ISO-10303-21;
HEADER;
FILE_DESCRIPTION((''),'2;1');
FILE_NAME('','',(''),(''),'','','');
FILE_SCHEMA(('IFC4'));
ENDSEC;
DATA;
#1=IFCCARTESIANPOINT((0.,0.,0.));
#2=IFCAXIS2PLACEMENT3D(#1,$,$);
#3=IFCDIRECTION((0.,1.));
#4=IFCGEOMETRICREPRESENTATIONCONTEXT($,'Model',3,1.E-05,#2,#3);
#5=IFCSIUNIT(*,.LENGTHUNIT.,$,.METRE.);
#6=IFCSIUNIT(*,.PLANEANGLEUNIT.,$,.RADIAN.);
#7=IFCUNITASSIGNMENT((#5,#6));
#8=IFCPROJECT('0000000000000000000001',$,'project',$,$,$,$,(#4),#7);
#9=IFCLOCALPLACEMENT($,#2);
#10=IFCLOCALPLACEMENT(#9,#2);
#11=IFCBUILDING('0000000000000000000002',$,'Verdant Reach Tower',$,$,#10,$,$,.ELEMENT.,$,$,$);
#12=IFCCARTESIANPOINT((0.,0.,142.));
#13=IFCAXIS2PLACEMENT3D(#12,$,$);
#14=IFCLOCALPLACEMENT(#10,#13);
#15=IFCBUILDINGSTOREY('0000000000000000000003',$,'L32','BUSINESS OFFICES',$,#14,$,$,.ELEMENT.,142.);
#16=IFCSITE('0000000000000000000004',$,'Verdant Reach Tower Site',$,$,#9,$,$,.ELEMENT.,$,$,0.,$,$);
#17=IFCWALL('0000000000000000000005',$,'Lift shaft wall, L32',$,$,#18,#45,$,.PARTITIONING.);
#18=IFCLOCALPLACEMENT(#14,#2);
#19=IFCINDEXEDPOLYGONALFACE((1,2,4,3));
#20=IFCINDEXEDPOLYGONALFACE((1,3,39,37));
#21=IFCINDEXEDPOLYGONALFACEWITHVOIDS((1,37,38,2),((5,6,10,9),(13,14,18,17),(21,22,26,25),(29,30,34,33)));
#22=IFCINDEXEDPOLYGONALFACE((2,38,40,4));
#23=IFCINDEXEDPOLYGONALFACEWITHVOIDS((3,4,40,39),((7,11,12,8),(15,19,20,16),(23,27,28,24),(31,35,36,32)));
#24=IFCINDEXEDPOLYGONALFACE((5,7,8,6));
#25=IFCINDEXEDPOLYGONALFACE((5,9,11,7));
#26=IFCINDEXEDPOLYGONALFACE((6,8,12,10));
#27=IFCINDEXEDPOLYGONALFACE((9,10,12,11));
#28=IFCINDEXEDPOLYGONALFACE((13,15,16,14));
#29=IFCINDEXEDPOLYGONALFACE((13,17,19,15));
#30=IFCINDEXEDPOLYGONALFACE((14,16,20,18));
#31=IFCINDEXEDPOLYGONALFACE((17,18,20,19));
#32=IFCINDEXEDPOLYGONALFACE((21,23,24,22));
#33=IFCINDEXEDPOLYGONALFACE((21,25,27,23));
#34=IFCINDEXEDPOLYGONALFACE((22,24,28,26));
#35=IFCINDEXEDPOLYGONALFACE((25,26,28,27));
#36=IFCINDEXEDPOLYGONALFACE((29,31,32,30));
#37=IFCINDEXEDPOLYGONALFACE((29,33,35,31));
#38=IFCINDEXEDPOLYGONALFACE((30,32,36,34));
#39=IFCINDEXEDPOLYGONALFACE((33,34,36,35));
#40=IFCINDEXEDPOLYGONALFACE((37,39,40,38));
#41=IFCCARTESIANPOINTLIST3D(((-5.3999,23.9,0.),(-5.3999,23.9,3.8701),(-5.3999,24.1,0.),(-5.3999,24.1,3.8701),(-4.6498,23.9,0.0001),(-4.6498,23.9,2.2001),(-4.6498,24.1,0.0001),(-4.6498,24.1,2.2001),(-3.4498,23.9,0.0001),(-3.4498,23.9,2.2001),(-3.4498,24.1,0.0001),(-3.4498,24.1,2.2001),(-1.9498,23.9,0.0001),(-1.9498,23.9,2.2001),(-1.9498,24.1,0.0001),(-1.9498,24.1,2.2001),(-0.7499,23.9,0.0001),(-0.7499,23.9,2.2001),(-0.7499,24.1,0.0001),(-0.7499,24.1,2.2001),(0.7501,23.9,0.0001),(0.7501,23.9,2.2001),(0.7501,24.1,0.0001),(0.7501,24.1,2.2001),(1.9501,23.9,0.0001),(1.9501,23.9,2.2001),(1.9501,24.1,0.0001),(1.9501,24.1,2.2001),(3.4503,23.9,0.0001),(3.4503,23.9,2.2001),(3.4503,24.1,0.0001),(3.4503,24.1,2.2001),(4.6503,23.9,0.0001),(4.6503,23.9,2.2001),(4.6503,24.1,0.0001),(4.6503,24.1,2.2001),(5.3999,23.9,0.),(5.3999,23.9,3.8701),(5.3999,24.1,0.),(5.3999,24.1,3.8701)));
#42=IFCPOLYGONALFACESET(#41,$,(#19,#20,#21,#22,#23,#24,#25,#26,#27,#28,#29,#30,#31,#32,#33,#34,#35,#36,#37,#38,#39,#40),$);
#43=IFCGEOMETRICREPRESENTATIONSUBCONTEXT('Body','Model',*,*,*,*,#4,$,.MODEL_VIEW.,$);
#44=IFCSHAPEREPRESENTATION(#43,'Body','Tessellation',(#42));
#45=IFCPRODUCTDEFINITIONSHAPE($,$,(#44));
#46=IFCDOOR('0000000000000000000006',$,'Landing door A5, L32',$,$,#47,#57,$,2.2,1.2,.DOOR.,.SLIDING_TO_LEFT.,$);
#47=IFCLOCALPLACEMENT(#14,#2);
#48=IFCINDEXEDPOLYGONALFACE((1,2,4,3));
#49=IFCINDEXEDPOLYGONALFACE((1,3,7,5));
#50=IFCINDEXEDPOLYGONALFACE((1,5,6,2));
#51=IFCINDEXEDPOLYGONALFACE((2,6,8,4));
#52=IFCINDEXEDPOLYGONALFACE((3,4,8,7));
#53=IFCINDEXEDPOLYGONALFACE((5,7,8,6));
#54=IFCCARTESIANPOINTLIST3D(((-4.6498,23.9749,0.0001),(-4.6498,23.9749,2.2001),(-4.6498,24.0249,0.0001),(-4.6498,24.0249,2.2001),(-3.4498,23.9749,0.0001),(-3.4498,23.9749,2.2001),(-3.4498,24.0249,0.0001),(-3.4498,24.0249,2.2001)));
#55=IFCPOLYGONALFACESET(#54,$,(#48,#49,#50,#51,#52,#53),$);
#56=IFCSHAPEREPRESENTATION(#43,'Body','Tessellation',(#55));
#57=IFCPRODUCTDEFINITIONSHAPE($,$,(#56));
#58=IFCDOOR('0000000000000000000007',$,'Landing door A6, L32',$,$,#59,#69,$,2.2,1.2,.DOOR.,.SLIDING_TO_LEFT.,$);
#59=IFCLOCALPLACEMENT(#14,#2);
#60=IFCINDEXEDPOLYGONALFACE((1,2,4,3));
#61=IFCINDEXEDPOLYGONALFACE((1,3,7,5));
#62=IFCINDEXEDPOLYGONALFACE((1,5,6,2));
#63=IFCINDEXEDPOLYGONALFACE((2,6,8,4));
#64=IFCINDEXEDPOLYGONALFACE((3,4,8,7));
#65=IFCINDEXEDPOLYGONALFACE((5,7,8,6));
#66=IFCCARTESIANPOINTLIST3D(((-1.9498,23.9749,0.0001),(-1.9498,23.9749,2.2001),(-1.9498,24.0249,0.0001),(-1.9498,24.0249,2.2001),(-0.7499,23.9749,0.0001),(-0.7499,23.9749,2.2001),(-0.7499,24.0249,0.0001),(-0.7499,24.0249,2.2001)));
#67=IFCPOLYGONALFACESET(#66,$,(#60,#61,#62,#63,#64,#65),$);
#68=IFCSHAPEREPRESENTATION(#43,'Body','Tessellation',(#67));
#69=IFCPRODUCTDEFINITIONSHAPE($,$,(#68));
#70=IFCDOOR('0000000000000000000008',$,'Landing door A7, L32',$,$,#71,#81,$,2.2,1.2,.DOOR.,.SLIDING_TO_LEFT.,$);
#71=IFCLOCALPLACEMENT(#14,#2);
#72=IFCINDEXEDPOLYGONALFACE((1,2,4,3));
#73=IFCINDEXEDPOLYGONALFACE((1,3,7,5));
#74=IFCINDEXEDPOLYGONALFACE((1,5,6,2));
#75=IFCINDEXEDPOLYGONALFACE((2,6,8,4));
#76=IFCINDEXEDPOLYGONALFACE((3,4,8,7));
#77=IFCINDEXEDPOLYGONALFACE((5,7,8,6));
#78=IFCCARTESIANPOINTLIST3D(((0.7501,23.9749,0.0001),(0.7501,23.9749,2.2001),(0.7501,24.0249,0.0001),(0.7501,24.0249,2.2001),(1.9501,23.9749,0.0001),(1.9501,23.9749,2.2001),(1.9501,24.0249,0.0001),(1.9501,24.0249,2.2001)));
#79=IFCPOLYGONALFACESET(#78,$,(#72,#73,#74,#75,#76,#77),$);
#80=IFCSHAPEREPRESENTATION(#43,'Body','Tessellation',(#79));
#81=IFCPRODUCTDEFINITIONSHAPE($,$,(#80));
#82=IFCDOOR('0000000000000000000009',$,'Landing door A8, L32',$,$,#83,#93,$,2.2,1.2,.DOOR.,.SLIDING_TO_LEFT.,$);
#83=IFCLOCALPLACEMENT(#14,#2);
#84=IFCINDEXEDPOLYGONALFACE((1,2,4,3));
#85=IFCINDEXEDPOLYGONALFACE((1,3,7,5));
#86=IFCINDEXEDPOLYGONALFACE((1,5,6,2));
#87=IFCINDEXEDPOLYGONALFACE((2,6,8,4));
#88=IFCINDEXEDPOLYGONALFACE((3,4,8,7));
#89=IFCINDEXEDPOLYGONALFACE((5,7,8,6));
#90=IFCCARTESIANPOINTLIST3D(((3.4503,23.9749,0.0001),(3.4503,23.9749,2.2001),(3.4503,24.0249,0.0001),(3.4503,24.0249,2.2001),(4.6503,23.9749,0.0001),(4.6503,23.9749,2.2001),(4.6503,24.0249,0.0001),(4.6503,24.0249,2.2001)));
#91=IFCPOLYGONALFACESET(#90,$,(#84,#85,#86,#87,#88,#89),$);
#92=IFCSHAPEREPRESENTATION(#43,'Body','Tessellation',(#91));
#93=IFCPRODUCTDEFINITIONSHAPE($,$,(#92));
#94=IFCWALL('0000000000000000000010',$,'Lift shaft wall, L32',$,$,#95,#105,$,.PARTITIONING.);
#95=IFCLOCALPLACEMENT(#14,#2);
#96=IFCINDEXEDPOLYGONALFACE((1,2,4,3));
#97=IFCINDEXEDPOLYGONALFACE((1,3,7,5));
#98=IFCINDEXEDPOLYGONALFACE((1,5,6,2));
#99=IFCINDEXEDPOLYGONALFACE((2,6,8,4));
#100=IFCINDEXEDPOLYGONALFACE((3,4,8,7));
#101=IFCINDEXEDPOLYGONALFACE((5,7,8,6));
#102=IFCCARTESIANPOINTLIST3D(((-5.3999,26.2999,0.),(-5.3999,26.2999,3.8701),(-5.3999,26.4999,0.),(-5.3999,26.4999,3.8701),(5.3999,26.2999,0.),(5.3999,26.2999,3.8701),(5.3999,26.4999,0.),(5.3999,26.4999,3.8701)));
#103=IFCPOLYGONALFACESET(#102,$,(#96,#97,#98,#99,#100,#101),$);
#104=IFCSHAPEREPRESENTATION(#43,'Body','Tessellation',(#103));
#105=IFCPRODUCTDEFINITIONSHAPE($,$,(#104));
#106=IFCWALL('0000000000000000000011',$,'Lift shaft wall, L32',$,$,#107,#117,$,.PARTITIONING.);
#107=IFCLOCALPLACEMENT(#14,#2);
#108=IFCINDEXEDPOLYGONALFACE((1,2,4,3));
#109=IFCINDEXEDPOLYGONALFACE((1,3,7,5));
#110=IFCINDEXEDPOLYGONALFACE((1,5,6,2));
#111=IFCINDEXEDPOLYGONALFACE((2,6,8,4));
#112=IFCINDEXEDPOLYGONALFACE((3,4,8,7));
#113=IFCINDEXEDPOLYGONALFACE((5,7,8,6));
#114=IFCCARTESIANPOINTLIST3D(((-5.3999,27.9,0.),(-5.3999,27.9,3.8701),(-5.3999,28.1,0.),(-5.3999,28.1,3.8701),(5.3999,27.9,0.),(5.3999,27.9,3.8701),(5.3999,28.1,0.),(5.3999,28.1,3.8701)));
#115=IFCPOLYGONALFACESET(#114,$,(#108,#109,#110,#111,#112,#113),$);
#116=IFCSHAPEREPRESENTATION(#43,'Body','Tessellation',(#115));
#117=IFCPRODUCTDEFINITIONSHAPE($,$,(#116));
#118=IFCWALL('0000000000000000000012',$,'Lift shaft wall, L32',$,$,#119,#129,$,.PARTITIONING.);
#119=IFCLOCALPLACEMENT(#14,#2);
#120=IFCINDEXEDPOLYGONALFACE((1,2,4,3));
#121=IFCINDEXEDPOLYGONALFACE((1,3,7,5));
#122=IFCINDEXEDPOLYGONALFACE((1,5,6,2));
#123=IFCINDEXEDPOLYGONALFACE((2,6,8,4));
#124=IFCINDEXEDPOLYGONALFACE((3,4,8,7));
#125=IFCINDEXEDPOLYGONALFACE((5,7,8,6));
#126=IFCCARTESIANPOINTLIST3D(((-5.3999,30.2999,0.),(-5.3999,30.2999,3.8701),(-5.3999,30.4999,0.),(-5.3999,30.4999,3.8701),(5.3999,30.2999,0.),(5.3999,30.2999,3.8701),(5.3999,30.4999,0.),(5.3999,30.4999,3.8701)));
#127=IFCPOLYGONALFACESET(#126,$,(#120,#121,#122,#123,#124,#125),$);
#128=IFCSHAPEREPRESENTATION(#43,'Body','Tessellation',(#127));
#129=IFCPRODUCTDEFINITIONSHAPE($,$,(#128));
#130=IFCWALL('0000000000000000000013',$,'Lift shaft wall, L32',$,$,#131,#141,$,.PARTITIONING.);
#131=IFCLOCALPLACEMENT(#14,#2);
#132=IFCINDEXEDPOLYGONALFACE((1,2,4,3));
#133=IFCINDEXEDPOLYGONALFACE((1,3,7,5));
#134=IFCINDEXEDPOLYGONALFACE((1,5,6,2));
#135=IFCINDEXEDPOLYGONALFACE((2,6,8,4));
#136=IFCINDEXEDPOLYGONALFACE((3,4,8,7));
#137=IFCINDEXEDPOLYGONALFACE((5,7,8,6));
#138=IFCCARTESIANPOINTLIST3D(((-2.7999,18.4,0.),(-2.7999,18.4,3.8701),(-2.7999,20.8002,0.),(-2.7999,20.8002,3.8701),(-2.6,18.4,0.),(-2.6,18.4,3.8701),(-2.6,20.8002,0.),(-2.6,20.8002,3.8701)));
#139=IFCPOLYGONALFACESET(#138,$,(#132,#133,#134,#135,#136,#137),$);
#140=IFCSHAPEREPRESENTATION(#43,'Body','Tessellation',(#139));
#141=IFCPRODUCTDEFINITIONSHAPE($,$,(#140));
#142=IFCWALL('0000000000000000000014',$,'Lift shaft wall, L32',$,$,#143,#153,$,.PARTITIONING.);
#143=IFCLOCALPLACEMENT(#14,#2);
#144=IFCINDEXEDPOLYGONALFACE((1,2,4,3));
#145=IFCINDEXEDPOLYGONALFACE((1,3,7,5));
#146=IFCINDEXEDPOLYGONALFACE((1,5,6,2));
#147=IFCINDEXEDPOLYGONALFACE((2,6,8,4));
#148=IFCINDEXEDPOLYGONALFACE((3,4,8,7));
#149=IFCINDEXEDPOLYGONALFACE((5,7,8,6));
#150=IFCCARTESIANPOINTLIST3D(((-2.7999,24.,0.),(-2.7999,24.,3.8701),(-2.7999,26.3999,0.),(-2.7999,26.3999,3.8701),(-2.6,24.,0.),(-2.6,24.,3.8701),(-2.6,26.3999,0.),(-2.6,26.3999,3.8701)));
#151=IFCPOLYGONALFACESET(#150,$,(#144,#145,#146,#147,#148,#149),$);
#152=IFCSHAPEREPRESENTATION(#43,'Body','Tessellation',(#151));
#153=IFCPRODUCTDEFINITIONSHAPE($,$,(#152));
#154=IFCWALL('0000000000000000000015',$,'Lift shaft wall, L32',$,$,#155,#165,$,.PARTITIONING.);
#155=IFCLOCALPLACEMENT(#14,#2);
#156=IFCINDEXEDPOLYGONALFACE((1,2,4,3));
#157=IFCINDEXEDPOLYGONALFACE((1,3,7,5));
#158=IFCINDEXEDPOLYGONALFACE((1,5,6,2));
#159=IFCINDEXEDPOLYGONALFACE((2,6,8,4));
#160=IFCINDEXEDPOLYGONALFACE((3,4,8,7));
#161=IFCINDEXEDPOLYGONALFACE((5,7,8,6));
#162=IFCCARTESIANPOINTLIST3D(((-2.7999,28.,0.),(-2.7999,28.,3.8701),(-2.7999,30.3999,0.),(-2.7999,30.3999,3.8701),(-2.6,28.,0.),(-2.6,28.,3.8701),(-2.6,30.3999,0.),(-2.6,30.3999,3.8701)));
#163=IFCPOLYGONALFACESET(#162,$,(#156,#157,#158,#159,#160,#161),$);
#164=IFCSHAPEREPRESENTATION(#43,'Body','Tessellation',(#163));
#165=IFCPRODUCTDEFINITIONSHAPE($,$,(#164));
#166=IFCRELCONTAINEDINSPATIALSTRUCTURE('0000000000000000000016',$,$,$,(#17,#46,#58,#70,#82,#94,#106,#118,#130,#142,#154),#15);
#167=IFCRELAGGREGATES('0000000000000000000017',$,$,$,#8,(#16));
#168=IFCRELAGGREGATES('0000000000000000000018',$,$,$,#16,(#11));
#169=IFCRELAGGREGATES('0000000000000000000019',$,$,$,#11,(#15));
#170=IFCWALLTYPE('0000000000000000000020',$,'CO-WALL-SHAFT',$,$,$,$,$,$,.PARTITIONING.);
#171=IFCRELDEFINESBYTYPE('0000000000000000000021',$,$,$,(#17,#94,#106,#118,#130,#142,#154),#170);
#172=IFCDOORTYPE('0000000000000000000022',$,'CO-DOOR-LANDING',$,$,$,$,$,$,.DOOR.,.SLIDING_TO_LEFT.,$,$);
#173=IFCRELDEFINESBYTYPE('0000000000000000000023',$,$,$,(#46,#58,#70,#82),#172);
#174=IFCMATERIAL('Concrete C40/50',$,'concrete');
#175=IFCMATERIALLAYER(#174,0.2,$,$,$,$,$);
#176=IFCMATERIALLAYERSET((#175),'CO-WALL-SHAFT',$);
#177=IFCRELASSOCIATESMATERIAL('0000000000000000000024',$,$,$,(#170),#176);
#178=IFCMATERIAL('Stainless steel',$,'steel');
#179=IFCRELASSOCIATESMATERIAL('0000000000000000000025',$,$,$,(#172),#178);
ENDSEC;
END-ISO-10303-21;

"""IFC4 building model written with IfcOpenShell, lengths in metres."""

from ifc_helpers import new_model, si_unit, direction, frame, frame_2d, origin, place, context, subcontext, project, spatial, rectangle, extrude, material, layer, layer_set, type_object, element, fill, save


model = new_model("IFC4")

# Units and contexts
model_context = context("Model", 3, precision=1e-05, world=origin(), true_north=direction((0.0, 1.0)))
body_context = subcontext(model_context, "Body", "Model", "MODEL_VIEW")
ifc_project = project(units=[si_unit("LENGTHUNIT", "METRE"), si_unit("PLANEANGLEUNIT", "RADIAN")], contexts=[model_context])

# Site, building, storey
site_placement = place(None, origin())
site = spatial("IfcSite", under=ifc_project, at=site_placement, Name="Verdant Reach Tower Site", CompositionType="ELEMENT", RefElevation=0.0)
building_placement = place(site_placement, origin())
building = spatial("IfcBuilding", under=site, at=building_placement, Name="Verdant Reach Tower", CompositionType="ELEMENT")
storey_placement = place(building_placement, frame((0.0, 0.0, 142.0)))
storey = spatial("IfcBuildingStorey", under=building, at=storey_placement, Name="L32", Description="BUSINESS OFFICES", CompositionType="ELEMENT", Elevation=142.0)

# Wall, openings, doors
ifc_material_1 = material(Name="Concrete C40/50", Category="concrete")
ifc_layer_1 = layer(ifc_material_1, 0.2)
ifc_layer_set_1 = layer_set([ifc_layer_1], Name="CO-WALL-SHAFT")
wall_type_1 = type_object("IfcWallType", Name="CO-WALL-SHAFT", PredefinedType="PARTITIONING", material=ifc_layer_set_1)
ifc_material_2 = material(Name="Stainless steel", Category="steel")
door_type_1 = type_object("IfcDoorType", Name="CO-DOOR-LANDING", OperationType="SLIDING_TO_LEFT", PredefinedType="DOOR", material=ifc_material_2)
wall_1_placement = place(storey_placement, frame((-5.3999, 24.0, 0.0), z_axis=(0.0, 0.0, 1.0), x_axis=(1.0, 0.0, 0.0)))
wall_1 = element("IfcWall", 1, at=wall_1_placement, inside=storey, type_object=wall_type_1, Name="Lift shaft wall, L32", PredefinedType="PARTITIONING", context=body_context, shape_type="SweptSolid", body=[
    extrude(rectangle(XDim=10.7998, YDim=0.2, at=frame_2d((5.3999, 0.0))), origin(), (0.0, 0.0, 1.0), 3.8701),
])
opening_1_placement = place(wall_1_placement, frame((0.75, 0.0, 0.0)))
opening_1 = element("IfcOpeningElement", 2, at=opening_1_placement, cuts=wall_1, PredefinedType="OPENING", context=body_context, shape_type="SweptSolid", body=[
    extrude(rectangle(XDim=1.2, YDim=2.2, at=frame_2d((0.6001, 1.1001))), frame((0.0, 0.1099, 0.0), z_axis=(0.0, -1.0, 0.0), x_axis=(1.0, 0.0, 0.0)), (0.0, 0.0, 1.0), 0.22),
])
opening_2_placement = place(wall_1_placement, frame((3.45, 0.0, 0.0)))
opening_2 = element("IfcOpeningElement", 3, at=opening_2_placement, cuts=wall_1, PredefinedType="OPENING", context=body_context, shape_type="SweptSolid", body=[
    extrude(rectangle(XDim=1.2, YDim=2.2, at=frame_2d((0.6001, 1.1001))), frame((0.0, 0.1099, 0.0), z_axis=(0.0, -1.0, 0.0), x_axis=(1.0, 0.0, 0.0)), (0.0, 0.0, 1.0), 0.22),
])
opening_3_placement = place(wall_1_placement, frame((6.1499, 0.0, 0.0)))
opening_3 = element("IfcOpeningElement", 4, at=opening_3_placement, cuts=wall_1, PredefinedType="OPENING", context=body_context, shape_type="SweptSolid", body=[
    extrude(rectangle(XDim=1.2, YDim=2.2, at=frame_2d((0.6001, 1.1001))), frame((0.0, 0.1099, 0.0), z_axis=(0.0, -1.0, 0.0), x_axis=(1.0, 0.0, 0.0)), (0.0, 0.0, 1.0), 0.22),
])
opening_4_placement = place(wall_1_placement, frame((8.8501, 0.0, 0.0)))
opening_4 = element("IfcOpeningElement", 5, at=opening_4_placement, cuts=wall_1, PredefinedType="OPENING", context=body_context, shape_type="SweptSolid", body=[
    extrude(rectangle(XDim=1.2, YDim=2.2, at=frame_2d((0.6001, 1.1001))), frame((0.0, 0.1099, 0.0), z_axis=(0.0, -1.0, 0.0), x_axis=(1.0, 0.0, 0.0)), (0.0, 0.0, 1.0), 0.22),
])
door_1_placement = place(opening_1_placement, origin())
door_1 = element("IfcDoor", 6, at=door_1_placement, inside=storey, type_object=door_type_1, Name="Landing door A5, L32", OperationType="SLIDING_TO_LEFT", OverallHeight=2.2, OverallWidth=1.2, PredefinedType="DOOR", context=body_context, shape_type="SweptSolid", body=[
    extrude(rectangle(XDim=1.2, YDim=2.2, at=frame_2d((0.6001, 1.1001))), frame((0.0, 0.0249, 0.0), z_axis=(0.0, -1.0, 0.0), x_axis=(1.0, 0.0, 0.0)), (0.0, 0.0, 1.0), 0.05),
])
fill(opening_1, door_1)
door_2_placement = place(opening_2_placement, origin())
door_2 = element("IfcDoor", 7, at=door_2_placement, inside=storey, type_object=door_type_1, Name="Landing door A6, L32", OperationType="SLIDING_TO_LEFT", OverallHeight=2.2, OverallWidth=1.2, PredefinedType="DOOR", context=body_context, shape_type="SweptSolid", body=[
    extrude(rectangle(XDim=1.2, YDim=2.2, at=frame_2d((0.6001, 1.1001))), frame((0.0, 0.0249, 0.0), z_axis=(0.0, -1.0, 0.0), x_axis=(1.0, 0.0, 0.0)), (0.0, 0.0, 1.0), 0.05),
])
fill(opening_2, door_2)
door_3_placement = place(opening_3_placement, origin())
door_3 = element("IfcDoor", 8, at=door_3_placement, inside=storey, type_object=door_type_1, Name="Landing door A7, L32", OperationType="SLIDING_TO_LEFT", OverallHeight=2.2, OverallWidth=1.2, PredefinedType="DOOR", context=body_context, shape_type="SweptSolid", body=[
    extrude(rectangle(XDim=1.2, YDim=2.2, at=frame_2d((0.6001, 1.1001))), frame((0.0, 0.0249, 0.0), z_axis=(0.0, -1.0, 0.0), x_axis=(1.0, 0.0, 0.0)), (0.0, 0.0, 1.0), 0.05),
])
fill(opening_3, door_3)
door_4_placement = place(opening_4_placement, origin())
door_4 = element("IfcDoor", 9, at=door_4_placement, inside=storey, type_object=door_type_1, Name="Landing door A8, L32", OperationType="SLIDING_TO_LEFT", OverallHeight=2.2, OverallWidth=1.2, PredefinedType="DOOR", context=body_context, shape_type="SweptSolid", body=[
    extrude(rectangle(XDim=1.2, YDim=2.2, at=frame_2d((0.6001, 1.1001))), frame((0.0, 0.0249, 0.0), z_axis=(0.0, -1.0, 0.0), x_axis=(1.0, 0.0, 0.0)), (0.0, 0.0, 1.0), 0.05),
])
fill(opening_4, door_4)

# Walls
for number, where, z_axis, x_axis, name in (
    (10, (-5.3999, 26.3999, 0.0), (0.0, 0.0, 1.0), (1.0, 0.0, 0.0), "Lift shaft wall, L32"),
    (11, (-5.3999, 28.0, 0.0), (0.0, 0.0, 1.0), (1.0, 0.0, 0.0), "Lift shaft wall, L32"),
    (12, (-5.3999, 30.3999, 0.0), (0.0, 0.0, 1.0), (1.0, 0.0, 0.0), "Lift shaft wall, L32"),
):
    element("IfcWall", number, at=place(storey_placement, frame(where, z_axis=z_axis, x_axis=x_axis)), inside=storey, type_object=wall_type_1, Name=name, PredefinedType="PARTITIONING", context=body_context, shape_type="SweptSolid", body=[
        extrude(rectangle(XDim=10.7998, YDim=0.2, at=frame_2d((5.3999, 0.0))), origin(), (0.0, 0.0, 1.0), 3.8701),
    ])
wall_2_placement = place(storey_placement, frame((-2.7, 18.3999, 0.0), z_axis=(0.0, 0.0, 1.0), x_axis=(0.0, 1.0, 0.0)))
element("IfcWall", 13, at=wall_2_placement, inside=storey, type_object=wall_type_1, Name="Lift shaft wall, L32", PredefinedType="PARTITIONING", context=body_context, shape_type="SweptSolid", body=[
    extrude(rectangle(XDim=2.4001, YDim=0.2, at=frame_2d((1.2002, 0.0))), origin(), (0.0, 0.0, 1.0), 3.8701),
])
for number, where, z_axis, x_axis, name in (
    (14, (-2.7, 24.0, 0.0), (0.0, 0.0, 1.0), (0.0, 1.0, 0.0), "Lift shaft wall, L32"),
    (15, (-2.7, 28.0, 0.0), (0.0, 0.0, 1.0), (0.0, 1.0, 0.0), "Lift shaft wall, L32"),
):
    element("IfcWall", number, at=place(storey_placement, frame(where, z_axis=z_axis, x_axis=x_axis)), inside=storey, type_object=wall_type_1, Name=name, PredefinedType="PARTITIONING", context=body_context, shape_type="SweptSolid", body=[
        extrude(rectangle(XDim=2.3999, YDim=0.2, at=frame_2d((1.2, 0.0))), origin(), (0.0, 0.0, 1.0), 3.8701),
    ])

save(model, "model.ifc")
